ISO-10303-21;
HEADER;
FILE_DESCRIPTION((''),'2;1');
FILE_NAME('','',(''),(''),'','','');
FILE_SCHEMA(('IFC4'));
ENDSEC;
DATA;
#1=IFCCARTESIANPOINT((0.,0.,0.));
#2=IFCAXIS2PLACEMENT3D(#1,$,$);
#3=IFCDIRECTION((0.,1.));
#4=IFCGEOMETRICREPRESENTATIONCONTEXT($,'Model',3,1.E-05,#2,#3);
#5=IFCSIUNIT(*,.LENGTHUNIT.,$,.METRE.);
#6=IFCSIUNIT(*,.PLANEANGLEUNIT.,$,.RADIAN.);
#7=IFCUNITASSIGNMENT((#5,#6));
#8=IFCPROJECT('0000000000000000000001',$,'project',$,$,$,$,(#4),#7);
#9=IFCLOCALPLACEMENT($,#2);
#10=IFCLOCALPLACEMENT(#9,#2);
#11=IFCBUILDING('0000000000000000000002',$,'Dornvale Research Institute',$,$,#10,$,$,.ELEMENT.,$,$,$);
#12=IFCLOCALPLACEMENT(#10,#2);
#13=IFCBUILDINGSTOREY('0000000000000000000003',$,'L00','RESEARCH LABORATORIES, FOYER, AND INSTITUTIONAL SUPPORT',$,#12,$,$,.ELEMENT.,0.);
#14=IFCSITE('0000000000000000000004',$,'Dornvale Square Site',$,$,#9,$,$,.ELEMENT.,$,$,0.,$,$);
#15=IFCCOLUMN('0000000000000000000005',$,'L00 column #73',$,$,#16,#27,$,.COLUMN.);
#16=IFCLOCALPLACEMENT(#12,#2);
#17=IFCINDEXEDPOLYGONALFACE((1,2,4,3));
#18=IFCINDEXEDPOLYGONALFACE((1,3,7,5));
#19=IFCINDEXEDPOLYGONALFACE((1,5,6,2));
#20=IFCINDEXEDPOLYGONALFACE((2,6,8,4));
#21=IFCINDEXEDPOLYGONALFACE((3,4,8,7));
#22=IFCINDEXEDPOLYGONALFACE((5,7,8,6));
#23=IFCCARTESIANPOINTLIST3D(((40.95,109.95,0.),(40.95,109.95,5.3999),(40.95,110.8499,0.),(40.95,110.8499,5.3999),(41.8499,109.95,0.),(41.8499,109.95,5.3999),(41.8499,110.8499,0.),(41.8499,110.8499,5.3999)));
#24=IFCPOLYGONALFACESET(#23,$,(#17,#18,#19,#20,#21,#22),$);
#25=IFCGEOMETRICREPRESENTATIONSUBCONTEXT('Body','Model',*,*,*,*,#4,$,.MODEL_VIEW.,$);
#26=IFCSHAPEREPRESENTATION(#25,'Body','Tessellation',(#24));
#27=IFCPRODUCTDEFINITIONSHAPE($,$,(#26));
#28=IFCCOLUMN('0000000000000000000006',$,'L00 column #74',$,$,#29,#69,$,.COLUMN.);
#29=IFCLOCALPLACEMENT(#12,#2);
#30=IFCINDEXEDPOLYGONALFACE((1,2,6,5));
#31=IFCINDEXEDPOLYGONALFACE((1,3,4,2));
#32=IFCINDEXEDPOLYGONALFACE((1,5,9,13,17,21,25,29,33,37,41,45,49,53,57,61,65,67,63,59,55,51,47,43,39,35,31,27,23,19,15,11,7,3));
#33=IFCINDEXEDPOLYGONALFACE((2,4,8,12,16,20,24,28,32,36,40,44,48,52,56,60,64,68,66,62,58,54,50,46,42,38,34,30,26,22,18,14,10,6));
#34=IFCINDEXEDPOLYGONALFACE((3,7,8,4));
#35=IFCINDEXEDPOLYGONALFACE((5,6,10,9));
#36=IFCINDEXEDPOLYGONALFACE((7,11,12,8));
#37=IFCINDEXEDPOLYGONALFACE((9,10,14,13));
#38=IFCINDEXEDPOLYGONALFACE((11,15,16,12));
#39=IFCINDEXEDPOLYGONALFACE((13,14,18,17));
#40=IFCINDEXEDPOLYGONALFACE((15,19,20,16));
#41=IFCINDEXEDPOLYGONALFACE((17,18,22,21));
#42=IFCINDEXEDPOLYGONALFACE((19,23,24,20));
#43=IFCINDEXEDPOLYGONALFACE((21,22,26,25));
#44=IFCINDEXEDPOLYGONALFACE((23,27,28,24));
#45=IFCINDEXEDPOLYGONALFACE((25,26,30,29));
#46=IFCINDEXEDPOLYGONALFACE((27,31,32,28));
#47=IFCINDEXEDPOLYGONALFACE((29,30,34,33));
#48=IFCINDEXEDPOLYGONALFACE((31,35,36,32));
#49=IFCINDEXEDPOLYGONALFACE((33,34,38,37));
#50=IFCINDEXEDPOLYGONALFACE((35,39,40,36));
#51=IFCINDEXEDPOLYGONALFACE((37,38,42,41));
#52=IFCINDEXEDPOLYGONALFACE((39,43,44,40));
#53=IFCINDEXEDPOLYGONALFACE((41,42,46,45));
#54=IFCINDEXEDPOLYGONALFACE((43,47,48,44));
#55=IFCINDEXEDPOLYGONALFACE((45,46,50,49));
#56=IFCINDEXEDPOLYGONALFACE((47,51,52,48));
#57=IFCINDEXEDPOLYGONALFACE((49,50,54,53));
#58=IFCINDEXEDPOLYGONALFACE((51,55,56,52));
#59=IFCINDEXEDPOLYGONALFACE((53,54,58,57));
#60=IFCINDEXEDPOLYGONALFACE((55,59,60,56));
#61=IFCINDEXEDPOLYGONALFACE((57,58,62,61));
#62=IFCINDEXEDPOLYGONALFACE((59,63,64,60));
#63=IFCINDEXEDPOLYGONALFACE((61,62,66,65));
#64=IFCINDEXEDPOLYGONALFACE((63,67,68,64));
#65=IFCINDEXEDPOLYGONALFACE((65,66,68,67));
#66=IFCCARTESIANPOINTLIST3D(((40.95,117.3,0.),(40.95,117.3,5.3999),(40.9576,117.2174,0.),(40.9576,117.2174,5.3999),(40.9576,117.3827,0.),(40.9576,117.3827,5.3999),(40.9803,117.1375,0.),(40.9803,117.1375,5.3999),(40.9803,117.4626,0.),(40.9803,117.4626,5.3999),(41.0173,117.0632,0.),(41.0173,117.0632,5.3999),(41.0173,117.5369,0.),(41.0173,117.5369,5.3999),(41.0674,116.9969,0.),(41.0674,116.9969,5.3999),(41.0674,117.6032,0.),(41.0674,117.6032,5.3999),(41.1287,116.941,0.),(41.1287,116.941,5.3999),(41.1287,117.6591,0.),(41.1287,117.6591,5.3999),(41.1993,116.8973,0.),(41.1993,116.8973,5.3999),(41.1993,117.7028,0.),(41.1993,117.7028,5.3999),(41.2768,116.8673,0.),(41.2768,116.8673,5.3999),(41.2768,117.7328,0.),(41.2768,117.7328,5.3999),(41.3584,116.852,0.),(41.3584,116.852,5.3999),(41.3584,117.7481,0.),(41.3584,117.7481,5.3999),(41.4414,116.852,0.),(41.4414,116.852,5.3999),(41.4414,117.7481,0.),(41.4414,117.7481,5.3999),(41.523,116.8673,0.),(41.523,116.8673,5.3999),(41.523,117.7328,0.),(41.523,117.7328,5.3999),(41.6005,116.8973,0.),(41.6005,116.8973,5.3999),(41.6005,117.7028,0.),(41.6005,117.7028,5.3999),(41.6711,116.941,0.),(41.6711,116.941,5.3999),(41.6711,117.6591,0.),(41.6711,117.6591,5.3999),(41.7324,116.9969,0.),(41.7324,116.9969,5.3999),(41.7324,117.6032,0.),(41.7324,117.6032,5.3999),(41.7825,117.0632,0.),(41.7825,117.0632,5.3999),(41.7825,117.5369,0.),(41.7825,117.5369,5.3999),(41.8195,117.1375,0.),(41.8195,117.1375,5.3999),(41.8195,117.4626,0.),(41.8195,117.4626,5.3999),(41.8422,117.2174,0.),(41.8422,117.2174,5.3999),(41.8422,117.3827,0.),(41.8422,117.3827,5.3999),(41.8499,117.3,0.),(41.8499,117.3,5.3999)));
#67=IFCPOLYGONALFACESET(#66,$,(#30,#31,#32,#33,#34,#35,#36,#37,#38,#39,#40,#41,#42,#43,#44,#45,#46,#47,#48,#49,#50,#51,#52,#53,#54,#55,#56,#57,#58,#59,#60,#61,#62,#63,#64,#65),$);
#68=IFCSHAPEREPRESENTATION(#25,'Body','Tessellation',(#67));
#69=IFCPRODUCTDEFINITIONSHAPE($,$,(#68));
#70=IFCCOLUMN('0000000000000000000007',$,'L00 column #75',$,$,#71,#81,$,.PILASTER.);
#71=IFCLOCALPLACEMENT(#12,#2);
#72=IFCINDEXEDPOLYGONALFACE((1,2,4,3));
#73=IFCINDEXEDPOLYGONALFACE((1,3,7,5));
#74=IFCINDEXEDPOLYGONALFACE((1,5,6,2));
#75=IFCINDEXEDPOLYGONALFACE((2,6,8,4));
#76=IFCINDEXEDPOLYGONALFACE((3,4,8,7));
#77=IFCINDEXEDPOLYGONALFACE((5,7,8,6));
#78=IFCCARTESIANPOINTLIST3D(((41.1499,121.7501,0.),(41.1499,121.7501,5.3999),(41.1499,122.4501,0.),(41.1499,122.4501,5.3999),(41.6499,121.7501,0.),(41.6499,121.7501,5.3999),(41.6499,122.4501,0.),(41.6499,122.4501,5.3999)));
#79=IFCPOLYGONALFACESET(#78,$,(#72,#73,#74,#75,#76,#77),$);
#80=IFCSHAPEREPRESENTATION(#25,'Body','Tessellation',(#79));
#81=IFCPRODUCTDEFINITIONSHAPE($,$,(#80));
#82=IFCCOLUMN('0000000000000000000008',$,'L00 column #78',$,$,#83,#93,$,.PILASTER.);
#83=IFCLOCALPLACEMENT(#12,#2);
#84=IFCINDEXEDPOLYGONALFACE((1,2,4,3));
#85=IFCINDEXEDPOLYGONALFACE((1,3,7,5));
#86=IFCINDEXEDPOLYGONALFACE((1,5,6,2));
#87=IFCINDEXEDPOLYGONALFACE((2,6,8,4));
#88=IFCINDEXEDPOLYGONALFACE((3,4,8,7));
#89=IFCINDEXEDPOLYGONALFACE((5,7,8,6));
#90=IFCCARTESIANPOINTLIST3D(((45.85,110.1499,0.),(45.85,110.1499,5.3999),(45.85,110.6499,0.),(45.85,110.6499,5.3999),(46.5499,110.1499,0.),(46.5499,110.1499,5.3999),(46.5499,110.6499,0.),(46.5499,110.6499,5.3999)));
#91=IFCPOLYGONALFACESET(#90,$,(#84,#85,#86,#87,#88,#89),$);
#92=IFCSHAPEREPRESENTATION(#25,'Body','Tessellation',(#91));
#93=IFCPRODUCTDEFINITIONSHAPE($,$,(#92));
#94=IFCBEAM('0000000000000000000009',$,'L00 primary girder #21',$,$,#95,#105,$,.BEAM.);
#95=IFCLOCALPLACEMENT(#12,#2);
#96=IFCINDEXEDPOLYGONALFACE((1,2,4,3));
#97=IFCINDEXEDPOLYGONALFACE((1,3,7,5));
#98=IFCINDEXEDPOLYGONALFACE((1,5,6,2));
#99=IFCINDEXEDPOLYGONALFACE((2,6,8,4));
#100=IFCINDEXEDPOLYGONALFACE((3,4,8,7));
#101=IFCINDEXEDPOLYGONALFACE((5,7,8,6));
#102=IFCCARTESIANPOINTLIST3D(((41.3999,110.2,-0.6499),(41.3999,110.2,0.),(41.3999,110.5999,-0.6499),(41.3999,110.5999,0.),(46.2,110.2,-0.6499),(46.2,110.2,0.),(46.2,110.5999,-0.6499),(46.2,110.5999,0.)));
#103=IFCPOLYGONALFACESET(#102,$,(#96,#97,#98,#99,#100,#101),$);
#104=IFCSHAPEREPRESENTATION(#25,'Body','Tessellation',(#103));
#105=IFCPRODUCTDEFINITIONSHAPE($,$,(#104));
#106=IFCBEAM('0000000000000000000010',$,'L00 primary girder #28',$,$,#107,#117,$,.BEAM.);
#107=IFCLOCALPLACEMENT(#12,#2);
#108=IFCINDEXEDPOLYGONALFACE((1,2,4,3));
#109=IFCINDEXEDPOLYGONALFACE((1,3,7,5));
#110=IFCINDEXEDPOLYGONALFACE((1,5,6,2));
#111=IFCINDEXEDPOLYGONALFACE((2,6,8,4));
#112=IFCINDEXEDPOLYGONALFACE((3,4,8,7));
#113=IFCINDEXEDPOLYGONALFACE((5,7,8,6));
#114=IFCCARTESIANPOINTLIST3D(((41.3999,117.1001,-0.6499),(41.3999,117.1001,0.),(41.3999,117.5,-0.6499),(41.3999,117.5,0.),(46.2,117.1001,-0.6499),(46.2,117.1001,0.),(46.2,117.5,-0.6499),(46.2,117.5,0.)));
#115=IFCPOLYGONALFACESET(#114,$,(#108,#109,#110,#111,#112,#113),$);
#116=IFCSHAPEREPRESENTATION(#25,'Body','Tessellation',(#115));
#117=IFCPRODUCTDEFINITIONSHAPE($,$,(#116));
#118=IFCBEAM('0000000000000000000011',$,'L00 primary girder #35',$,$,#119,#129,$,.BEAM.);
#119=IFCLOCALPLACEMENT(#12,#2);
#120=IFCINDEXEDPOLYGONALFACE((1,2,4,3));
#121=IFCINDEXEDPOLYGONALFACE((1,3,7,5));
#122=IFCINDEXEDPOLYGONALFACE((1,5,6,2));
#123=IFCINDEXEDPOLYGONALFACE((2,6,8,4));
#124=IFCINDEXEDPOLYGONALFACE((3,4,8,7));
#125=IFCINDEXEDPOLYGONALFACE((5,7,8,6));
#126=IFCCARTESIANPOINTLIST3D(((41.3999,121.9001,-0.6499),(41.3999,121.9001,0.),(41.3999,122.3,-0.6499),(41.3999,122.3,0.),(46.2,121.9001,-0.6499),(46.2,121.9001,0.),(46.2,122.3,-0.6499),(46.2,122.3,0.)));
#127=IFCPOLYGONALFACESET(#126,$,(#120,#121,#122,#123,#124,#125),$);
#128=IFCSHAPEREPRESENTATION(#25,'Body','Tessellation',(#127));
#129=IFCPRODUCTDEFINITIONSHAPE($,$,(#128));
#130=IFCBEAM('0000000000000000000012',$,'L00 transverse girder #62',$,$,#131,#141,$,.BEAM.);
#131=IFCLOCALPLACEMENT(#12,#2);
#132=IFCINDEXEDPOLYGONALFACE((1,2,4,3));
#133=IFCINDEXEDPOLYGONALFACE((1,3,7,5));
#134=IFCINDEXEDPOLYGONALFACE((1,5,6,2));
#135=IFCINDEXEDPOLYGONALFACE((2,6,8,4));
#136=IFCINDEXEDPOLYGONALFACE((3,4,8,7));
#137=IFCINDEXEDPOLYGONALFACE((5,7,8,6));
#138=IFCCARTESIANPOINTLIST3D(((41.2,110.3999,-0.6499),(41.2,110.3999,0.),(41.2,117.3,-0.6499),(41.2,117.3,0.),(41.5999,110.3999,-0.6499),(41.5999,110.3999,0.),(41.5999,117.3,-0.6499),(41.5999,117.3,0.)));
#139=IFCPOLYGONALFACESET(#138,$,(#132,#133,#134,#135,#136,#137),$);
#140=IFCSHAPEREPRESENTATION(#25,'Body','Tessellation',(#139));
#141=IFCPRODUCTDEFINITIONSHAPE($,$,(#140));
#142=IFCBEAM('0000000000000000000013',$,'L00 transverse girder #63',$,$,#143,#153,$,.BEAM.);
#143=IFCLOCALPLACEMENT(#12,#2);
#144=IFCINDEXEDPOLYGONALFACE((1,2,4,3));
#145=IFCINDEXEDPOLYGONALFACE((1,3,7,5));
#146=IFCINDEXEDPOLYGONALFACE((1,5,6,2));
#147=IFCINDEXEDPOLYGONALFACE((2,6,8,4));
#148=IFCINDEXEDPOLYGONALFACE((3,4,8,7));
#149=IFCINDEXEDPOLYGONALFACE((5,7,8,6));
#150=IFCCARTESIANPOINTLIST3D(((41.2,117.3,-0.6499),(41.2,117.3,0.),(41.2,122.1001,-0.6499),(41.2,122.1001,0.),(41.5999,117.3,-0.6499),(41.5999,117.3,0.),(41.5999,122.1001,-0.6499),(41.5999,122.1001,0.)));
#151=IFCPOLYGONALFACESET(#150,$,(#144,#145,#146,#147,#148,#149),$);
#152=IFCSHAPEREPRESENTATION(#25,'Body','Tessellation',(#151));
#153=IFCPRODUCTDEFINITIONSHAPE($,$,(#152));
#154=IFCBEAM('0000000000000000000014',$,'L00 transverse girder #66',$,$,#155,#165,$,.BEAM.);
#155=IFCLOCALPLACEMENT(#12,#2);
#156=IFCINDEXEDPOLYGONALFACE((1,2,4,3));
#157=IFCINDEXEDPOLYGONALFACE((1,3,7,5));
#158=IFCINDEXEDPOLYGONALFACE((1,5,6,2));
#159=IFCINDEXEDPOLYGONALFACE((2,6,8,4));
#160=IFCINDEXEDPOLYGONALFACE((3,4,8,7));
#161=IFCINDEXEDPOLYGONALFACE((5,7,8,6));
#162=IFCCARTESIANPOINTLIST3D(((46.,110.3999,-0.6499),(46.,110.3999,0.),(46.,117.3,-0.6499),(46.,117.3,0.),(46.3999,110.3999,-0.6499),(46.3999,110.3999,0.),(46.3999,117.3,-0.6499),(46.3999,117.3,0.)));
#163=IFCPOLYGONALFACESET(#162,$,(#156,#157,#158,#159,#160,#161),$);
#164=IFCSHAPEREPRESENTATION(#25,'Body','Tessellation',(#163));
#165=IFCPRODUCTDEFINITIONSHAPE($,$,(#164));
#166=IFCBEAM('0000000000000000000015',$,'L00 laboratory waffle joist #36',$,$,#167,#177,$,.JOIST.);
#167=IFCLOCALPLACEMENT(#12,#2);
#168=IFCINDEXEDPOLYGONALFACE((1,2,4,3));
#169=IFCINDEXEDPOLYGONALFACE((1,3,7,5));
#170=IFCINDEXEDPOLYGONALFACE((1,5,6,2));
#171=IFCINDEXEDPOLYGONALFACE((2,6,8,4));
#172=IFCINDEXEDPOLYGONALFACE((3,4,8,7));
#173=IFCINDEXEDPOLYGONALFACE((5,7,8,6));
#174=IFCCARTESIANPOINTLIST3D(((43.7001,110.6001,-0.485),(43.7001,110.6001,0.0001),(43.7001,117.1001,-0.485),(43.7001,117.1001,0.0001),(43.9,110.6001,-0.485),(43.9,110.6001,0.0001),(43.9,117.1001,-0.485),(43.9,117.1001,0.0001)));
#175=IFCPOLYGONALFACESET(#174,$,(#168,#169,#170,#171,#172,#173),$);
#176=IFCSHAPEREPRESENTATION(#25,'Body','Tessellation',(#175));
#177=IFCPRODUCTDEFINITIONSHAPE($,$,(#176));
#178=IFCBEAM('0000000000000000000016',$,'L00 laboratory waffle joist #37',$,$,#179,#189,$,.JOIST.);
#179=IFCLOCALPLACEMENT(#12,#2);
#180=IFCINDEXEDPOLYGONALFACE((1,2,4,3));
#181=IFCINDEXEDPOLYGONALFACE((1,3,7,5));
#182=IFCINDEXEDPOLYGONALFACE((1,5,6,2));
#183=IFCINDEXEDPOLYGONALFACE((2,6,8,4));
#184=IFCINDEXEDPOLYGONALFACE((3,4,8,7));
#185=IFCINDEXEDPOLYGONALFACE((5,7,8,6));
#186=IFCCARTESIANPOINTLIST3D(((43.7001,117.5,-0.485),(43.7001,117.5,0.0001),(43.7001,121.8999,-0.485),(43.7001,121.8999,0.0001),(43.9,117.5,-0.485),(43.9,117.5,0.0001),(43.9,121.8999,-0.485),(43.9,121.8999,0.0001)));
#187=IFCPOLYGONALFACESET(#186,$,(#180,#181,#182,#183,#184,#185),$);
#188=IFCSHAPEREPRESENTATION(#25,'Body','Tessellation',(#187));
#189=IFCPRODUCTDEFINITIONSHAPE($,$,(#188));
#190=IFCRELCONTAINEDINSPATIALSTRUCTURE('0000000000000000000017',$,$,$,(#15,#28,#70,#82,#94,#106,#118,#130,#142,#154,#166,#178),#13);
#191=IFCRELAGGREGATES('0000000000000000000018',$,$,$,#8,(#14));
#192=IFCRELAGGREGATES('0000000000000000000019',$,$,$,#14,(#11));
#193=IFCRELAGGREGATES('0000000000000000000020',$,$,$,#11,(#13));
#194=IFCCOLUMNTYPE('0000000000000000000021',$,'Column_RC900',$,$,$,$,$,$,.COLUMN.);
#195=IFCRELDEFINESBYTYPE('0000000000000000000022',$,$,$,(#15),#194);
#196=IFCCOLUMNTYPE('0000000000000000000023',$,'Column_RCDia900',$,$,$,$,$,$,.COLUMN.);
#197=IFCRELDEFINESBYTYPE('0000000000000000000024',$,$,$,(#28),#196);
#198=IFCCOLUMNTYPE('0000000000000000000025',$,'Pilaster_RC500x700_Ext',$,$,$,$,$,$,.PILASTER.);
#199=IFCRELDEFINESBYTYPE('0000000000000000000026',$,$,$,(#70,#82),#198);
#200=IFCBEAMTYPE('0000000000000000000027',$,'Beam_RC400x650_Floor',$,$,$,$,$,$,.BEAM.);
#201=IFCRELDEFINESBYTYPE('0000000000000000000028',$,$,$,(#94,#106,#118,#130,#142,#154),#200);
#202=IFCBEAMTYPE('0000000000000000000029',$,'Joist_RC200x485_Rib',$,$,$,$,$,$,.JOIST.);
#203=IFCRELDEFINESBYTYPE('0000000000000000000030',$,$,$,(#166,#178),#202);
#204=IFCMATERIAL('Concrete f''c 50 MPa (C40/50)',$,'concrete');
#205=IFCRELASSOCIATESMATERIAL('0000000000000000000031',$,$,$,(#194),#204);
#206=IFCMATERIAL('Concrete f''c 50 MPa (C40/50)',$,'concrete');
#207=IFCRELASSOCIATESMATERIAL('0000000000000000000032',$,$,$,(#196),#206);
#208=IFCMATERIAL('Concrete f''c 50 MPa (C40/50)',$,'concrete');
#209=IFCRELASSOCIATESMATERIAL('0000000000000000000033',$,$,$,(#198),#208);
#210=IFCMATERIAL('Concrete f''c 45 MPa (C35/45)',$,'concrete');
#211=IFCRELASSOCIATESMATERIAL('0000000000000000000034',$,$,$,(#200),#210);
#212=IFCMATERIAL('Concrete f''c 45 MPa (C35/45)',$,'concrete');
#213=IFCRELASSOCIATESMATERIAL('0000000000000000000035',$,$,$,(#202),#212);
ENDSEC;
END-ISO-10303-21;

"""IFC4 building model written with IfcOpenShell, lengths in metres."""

from ifc_helpers import new_model, si_unit, direction, frame, origin, origin_2d, place, context, subcontext, project, spatial, rectangle, circle, extrude, material, material_profile, profile_set, type_object, element, save


model = new_model("IFC4")

# Units and contexts
model_context = context("Model", 3, precision=1e-05, world=origin(), true_north=direction((0.0, 1.0)))
body_context = subcontext(model_context, "Body", "Model", "MODEL_VIEW")
ifc_project = project(units=[si_unit("LENGTHUNIT", "METRE"), si_unit("PLANEANGLEUNIT", "RADIAN")], contexts=[model_context])

# Site, building, storey
site_placement = place(None, origin())
site = spatial("IfcSite", under=ifc_project, at=site_placement, Name="Dornvale Square Site", CompositionType="ELEMENT", RefElevation=0.0)
building_placement = place(site_placement, origin())
building = spatial("IfcBuilding", under=site, at=building_placement, Name="Dornvale Research Institute", CompositionType="ELEMENT")
storey_placement = place(building_placement, origin())
storey = spatial("IfcBuildingStorey", under=building, at=storey_placement, Name="L00", Description="RESEARCH LABORATORIES, FOYER, AND INSTITUTIONAL SUPPORT", CompositionType="ELEMENT", Elevation=0.0)

# Columns
ifc_material_1 = material(Name="Concrete f'c 50 MPa (C40/50)", Category="concrete")
ifc_material_profile_1 = material_profile(ifc_material_1, rectangle(XDim=0.8999, YDim=0.8999, at=origin_2d()), Name="RC 900x900")
ifc_profile_set_1 = profile_set([ifc_material_profile_1], Name="Concrete f'c 50 MPa (C40/50)")
column_type_1 = type_object("IfcColumnType", Name="Column_RC900", PredefinedType="COLUMN", material=ifc_profile_set_1)
column_1_placement = place(storey_placement, frame((41.3999, 110.3999, 0.0), z_axis=(0.0, 0.0, 1.0), x_axis=(1.0, 0.0, 0.0)))
element("IfcColumn", 1, at=column_1_placement, inside=storey, type_object=column_type_1, Name="L00 column #73", PredefinedType="COLUMN", context=body_context, shape_type="SweptSolid", body=[
    extrude(rectangle(XDim=0.8999, YDim=0.8999, at=origin_2d()), origin(), (0.0, 0.0, 1.0), 5.3999),
])
ifc_material_2 = material(Name="Concrete f'c 50 MPa (C40/50)", Category="concrete")
ifc_material_profile_2 = material_profile(ifc_material_2, circle(Radius=0.45, at=origin_2d()), Name="RC DIA 900")
ifc_profile_set_2 = profile_set([ifc_material_profile_2], Name="Concrete f'c 50 MPa (C40/50)")
column_type_2 = type_object("IfcColumnType", Name="Column_RCDia900", PredefinedType="COLUMN", material=ifc_profile_set_2)
column_2_placement = place(storey_placement, frame((41.3999, 117.3, 0.0), z_axis=(0.0, 0.0, 1.0), x_axis=(1.0, 0.0, 0.0)))
element("IfcColumn", 2, at=column_2_placement, inside=storey, type_object=column_type_2, Name="L00 column #74", PredefinedType="COLUMN", context=body_context, shape_type="SweptSolid", body=[
    extrude(circle(Radius=0.45, at=origin_2d()), origin(), (0.0, 0.0, 1.0), 5.3999),
])
ifc_material_3 = material(Name="Concrete f'c 50 MPa (C40/50)", Category="concrete")
ifc_material_profile_3 = material_profile(ifc_material_3, rectangle(XDim=0.5, YDim=0.7, at=origin_2d()), Name="RC 500x700")
ifc_profile_set_3 = profile_set([ifc_material_profile_3], Name="Concrete f'c 50 MPa (C40/50)")
column_type_3 = type_object("IfcColumnType", Name="Pilaster_RC500x700_Ext", PredefinedType="PILASTER", material=ifc_profile_set_3)
for number, where, z_axis, x_axis, name in (
    (3, (41.3999, 122.1001, 0.0), (0.0, 0.0, 1.0), (1.0, 0.0, 0.0), "L00 column #75"),
    (4, (46.2, 110.3999, 0.0), (0.0, 0.0, 1.0), (0.0, 1.0, 0.0), "L00 column #78"),
):
    element("IfcColumn", number, at=place(storey_placement, frame(where, z_axis=z_axis, x_axis=x_axis)), inside=storey, type_object=column_type_3, Name=name, PredefinedType="PILASTER", context=body_context, shape_type="SweptSolid", body=[
        extrude(rectangle(XDim=0.5, YDim=0.7, at=origin_2d()), origin(), (0.0, 0.0, 1.0), 5.3999),
    ])

# Beams
ifc_material_4 = material(Name="Concrete f'c 45 MPa (C35/45)", Category="concrete")
ifc_material_profile_4 = material_profile(ifc_material_4, rectangle(XDim=0.3999, YDim=0.6499, at=origin_2d()), Name="RC 400x650")
ifc_profile_set_4 = profile_set([ifc_material_profile_4], Name="Concrete f'c 45 MPa (C35/45)")
beam_type_1 = type_object("IfcBeamType", Name="Beam_RC400x650_Floor", PredefinedType="BEAM", material=ifc_profile_set_4)
for number, where, z_axis, x_axis, name in (
    (5, (41.3999, 110.3999, -0.325), (1.0, 0.0, 0.0), (0.0, 1.0, 0.0), "L00 primary girder #21"),
    (6, (41.3999, 117.3, -0.325), (1.0, 0.0, 0.0), (0.0, 1.0, 0.0), "L00 primary girder #28"),
    (7, (41.3999, 122.1001, -0.325), (1.0, 0.0, 0.0), (0.0, 1.0, 0.0), "L00 primary girder #35"),
):
    element("IfcBeam", number, at=place(storey_placement, frame(where, z_axis=z_axis, x_axis=x_axis)), inside=storey, type_object=beam_type_1, Name=name, PredefinedType="BEAM", context=body_context, shape_type="SweptSolid", body=[
        extrude(rectangle(XDim=0.3999, YDim=0.6499, at=origin_2d()), origin(), (0.0, 0.0, 1.0), 4.8),
    ])
beam_1_placement = place(storey_placement, frame((41.3999, 110.3999, -0.325), z_axis=(0.0, 1.0, 0.0), x_axis=(-1.0, 0.0, 0.0)))
element("IfcBeam", 8, at=beam_1_placement, inside=storey, type_object=beam_type_1, Name="L00 transverse girder #62", PredefinedType="BEAM", context=body_context, shape_type="SweptSolid", body=[
    extrude(rectangle(XDim=0.3999, YDim=0.6499, at=origin_2d()), origin(), (0.0, 0.0, 1.0), 6.9001),
])
beam_2_placement = place(storey_placement, frame((41.3999, 117.3, -0.325), z_axis=(0.0, 1.0, 0.0), x_axis=(-1.0, 0.0, 0.0)))
element("IfcBeam", 9, at=beam_2_placement, inside=storey, type_object=beam_type_1, Name="L00 transverse girder #63", PredefinedType="BEAM", context=body_context, shape_type="SweptSolid", body=[
    extrude(rectangle(XDim=0.3999, YDim=0.6499, at=origin_2d()), origin(), (0.0, 0.0, 1.0), 4.8),
])
beam_3_placement = place(storey_placement, frame((46.2, 110.3999, -0.325), z_axis=(0.0, 1.0, 0.0), x_axis=(-1.0, 0.0, 0.0)))
element("IfcBeam", 10, at=beam_3_placement, inside=storey, type_object=beam_type_1, Name="L00 transverse girder #66", PredefinedType="BEAM", context=body_context, shape_type="SweptSolid", body=[
    extrude(rectangle(XDim=0.3999, YDim=0.6499, at=origin_2d()), origin(), (0.0, 0.0, 1.0), 6.9001),
])
ifc_material_5 = material(Name="Concrete f'c 45 MPa (C35/45)", Category="concrete")
ifc_material_profile_5 = material_profile(ifc_material_5, rectangle(XDim=0.2, YDim=0.4851, at=origin_2d()), Name="RC 200x485")
ifc_profile_set_5 = profile_set([ifc_material_profile_5], Name="Concrete f'c 45 MPa (C35/45)")
beam_type_2 = type_object("IfcBeamType", Name="Joist_RC200x485_Rib", PredefinedType="JOIST", material=ifc_profile_set_5)
beam_4_placement = place(storey_placement, frame((43.8, 110.6001, -0.2424), z_axis=(0.0, 1.0, 0.0), x_axis=(-1.0, 0.0, 0.0)))
element("IfcBeam", 11, at=beam_4_placement, inside=storey, type_object=beam_type_2, Name="L00 laboratory waffle joist #36", PredefinedType="JOIST", context=body_context, shape_type="SweptSolid", body=[
    extrude(rectangle(XDim=0.2, YDim=0.4851, at=origin_2d()), origin(), (0.0, 0.0, 1.0), 6.5),
])
beam_5_placement = place(storey_placement, frame((43.8, 117.5, -0.2424), z_axis=(0.0, 1.0, 0.0), x_axis=(-1.0, 0.0, 0.0)))
element("IfcBeam", 12, at=beam_5_placement, inside=storey, type_object=beam_type_2, Name="L00 laboratory waffle joist #37", PredefinedType="JOIST", context=body_context, shape_type="SweptSolid", body=[
    extrude(rectangle(XDim=0.2, YDim=0.4851, at=origin_2d()), origin(), (0.0, 0.0, 1.0), 4.3999),
])

save(model, "model.ifc")
